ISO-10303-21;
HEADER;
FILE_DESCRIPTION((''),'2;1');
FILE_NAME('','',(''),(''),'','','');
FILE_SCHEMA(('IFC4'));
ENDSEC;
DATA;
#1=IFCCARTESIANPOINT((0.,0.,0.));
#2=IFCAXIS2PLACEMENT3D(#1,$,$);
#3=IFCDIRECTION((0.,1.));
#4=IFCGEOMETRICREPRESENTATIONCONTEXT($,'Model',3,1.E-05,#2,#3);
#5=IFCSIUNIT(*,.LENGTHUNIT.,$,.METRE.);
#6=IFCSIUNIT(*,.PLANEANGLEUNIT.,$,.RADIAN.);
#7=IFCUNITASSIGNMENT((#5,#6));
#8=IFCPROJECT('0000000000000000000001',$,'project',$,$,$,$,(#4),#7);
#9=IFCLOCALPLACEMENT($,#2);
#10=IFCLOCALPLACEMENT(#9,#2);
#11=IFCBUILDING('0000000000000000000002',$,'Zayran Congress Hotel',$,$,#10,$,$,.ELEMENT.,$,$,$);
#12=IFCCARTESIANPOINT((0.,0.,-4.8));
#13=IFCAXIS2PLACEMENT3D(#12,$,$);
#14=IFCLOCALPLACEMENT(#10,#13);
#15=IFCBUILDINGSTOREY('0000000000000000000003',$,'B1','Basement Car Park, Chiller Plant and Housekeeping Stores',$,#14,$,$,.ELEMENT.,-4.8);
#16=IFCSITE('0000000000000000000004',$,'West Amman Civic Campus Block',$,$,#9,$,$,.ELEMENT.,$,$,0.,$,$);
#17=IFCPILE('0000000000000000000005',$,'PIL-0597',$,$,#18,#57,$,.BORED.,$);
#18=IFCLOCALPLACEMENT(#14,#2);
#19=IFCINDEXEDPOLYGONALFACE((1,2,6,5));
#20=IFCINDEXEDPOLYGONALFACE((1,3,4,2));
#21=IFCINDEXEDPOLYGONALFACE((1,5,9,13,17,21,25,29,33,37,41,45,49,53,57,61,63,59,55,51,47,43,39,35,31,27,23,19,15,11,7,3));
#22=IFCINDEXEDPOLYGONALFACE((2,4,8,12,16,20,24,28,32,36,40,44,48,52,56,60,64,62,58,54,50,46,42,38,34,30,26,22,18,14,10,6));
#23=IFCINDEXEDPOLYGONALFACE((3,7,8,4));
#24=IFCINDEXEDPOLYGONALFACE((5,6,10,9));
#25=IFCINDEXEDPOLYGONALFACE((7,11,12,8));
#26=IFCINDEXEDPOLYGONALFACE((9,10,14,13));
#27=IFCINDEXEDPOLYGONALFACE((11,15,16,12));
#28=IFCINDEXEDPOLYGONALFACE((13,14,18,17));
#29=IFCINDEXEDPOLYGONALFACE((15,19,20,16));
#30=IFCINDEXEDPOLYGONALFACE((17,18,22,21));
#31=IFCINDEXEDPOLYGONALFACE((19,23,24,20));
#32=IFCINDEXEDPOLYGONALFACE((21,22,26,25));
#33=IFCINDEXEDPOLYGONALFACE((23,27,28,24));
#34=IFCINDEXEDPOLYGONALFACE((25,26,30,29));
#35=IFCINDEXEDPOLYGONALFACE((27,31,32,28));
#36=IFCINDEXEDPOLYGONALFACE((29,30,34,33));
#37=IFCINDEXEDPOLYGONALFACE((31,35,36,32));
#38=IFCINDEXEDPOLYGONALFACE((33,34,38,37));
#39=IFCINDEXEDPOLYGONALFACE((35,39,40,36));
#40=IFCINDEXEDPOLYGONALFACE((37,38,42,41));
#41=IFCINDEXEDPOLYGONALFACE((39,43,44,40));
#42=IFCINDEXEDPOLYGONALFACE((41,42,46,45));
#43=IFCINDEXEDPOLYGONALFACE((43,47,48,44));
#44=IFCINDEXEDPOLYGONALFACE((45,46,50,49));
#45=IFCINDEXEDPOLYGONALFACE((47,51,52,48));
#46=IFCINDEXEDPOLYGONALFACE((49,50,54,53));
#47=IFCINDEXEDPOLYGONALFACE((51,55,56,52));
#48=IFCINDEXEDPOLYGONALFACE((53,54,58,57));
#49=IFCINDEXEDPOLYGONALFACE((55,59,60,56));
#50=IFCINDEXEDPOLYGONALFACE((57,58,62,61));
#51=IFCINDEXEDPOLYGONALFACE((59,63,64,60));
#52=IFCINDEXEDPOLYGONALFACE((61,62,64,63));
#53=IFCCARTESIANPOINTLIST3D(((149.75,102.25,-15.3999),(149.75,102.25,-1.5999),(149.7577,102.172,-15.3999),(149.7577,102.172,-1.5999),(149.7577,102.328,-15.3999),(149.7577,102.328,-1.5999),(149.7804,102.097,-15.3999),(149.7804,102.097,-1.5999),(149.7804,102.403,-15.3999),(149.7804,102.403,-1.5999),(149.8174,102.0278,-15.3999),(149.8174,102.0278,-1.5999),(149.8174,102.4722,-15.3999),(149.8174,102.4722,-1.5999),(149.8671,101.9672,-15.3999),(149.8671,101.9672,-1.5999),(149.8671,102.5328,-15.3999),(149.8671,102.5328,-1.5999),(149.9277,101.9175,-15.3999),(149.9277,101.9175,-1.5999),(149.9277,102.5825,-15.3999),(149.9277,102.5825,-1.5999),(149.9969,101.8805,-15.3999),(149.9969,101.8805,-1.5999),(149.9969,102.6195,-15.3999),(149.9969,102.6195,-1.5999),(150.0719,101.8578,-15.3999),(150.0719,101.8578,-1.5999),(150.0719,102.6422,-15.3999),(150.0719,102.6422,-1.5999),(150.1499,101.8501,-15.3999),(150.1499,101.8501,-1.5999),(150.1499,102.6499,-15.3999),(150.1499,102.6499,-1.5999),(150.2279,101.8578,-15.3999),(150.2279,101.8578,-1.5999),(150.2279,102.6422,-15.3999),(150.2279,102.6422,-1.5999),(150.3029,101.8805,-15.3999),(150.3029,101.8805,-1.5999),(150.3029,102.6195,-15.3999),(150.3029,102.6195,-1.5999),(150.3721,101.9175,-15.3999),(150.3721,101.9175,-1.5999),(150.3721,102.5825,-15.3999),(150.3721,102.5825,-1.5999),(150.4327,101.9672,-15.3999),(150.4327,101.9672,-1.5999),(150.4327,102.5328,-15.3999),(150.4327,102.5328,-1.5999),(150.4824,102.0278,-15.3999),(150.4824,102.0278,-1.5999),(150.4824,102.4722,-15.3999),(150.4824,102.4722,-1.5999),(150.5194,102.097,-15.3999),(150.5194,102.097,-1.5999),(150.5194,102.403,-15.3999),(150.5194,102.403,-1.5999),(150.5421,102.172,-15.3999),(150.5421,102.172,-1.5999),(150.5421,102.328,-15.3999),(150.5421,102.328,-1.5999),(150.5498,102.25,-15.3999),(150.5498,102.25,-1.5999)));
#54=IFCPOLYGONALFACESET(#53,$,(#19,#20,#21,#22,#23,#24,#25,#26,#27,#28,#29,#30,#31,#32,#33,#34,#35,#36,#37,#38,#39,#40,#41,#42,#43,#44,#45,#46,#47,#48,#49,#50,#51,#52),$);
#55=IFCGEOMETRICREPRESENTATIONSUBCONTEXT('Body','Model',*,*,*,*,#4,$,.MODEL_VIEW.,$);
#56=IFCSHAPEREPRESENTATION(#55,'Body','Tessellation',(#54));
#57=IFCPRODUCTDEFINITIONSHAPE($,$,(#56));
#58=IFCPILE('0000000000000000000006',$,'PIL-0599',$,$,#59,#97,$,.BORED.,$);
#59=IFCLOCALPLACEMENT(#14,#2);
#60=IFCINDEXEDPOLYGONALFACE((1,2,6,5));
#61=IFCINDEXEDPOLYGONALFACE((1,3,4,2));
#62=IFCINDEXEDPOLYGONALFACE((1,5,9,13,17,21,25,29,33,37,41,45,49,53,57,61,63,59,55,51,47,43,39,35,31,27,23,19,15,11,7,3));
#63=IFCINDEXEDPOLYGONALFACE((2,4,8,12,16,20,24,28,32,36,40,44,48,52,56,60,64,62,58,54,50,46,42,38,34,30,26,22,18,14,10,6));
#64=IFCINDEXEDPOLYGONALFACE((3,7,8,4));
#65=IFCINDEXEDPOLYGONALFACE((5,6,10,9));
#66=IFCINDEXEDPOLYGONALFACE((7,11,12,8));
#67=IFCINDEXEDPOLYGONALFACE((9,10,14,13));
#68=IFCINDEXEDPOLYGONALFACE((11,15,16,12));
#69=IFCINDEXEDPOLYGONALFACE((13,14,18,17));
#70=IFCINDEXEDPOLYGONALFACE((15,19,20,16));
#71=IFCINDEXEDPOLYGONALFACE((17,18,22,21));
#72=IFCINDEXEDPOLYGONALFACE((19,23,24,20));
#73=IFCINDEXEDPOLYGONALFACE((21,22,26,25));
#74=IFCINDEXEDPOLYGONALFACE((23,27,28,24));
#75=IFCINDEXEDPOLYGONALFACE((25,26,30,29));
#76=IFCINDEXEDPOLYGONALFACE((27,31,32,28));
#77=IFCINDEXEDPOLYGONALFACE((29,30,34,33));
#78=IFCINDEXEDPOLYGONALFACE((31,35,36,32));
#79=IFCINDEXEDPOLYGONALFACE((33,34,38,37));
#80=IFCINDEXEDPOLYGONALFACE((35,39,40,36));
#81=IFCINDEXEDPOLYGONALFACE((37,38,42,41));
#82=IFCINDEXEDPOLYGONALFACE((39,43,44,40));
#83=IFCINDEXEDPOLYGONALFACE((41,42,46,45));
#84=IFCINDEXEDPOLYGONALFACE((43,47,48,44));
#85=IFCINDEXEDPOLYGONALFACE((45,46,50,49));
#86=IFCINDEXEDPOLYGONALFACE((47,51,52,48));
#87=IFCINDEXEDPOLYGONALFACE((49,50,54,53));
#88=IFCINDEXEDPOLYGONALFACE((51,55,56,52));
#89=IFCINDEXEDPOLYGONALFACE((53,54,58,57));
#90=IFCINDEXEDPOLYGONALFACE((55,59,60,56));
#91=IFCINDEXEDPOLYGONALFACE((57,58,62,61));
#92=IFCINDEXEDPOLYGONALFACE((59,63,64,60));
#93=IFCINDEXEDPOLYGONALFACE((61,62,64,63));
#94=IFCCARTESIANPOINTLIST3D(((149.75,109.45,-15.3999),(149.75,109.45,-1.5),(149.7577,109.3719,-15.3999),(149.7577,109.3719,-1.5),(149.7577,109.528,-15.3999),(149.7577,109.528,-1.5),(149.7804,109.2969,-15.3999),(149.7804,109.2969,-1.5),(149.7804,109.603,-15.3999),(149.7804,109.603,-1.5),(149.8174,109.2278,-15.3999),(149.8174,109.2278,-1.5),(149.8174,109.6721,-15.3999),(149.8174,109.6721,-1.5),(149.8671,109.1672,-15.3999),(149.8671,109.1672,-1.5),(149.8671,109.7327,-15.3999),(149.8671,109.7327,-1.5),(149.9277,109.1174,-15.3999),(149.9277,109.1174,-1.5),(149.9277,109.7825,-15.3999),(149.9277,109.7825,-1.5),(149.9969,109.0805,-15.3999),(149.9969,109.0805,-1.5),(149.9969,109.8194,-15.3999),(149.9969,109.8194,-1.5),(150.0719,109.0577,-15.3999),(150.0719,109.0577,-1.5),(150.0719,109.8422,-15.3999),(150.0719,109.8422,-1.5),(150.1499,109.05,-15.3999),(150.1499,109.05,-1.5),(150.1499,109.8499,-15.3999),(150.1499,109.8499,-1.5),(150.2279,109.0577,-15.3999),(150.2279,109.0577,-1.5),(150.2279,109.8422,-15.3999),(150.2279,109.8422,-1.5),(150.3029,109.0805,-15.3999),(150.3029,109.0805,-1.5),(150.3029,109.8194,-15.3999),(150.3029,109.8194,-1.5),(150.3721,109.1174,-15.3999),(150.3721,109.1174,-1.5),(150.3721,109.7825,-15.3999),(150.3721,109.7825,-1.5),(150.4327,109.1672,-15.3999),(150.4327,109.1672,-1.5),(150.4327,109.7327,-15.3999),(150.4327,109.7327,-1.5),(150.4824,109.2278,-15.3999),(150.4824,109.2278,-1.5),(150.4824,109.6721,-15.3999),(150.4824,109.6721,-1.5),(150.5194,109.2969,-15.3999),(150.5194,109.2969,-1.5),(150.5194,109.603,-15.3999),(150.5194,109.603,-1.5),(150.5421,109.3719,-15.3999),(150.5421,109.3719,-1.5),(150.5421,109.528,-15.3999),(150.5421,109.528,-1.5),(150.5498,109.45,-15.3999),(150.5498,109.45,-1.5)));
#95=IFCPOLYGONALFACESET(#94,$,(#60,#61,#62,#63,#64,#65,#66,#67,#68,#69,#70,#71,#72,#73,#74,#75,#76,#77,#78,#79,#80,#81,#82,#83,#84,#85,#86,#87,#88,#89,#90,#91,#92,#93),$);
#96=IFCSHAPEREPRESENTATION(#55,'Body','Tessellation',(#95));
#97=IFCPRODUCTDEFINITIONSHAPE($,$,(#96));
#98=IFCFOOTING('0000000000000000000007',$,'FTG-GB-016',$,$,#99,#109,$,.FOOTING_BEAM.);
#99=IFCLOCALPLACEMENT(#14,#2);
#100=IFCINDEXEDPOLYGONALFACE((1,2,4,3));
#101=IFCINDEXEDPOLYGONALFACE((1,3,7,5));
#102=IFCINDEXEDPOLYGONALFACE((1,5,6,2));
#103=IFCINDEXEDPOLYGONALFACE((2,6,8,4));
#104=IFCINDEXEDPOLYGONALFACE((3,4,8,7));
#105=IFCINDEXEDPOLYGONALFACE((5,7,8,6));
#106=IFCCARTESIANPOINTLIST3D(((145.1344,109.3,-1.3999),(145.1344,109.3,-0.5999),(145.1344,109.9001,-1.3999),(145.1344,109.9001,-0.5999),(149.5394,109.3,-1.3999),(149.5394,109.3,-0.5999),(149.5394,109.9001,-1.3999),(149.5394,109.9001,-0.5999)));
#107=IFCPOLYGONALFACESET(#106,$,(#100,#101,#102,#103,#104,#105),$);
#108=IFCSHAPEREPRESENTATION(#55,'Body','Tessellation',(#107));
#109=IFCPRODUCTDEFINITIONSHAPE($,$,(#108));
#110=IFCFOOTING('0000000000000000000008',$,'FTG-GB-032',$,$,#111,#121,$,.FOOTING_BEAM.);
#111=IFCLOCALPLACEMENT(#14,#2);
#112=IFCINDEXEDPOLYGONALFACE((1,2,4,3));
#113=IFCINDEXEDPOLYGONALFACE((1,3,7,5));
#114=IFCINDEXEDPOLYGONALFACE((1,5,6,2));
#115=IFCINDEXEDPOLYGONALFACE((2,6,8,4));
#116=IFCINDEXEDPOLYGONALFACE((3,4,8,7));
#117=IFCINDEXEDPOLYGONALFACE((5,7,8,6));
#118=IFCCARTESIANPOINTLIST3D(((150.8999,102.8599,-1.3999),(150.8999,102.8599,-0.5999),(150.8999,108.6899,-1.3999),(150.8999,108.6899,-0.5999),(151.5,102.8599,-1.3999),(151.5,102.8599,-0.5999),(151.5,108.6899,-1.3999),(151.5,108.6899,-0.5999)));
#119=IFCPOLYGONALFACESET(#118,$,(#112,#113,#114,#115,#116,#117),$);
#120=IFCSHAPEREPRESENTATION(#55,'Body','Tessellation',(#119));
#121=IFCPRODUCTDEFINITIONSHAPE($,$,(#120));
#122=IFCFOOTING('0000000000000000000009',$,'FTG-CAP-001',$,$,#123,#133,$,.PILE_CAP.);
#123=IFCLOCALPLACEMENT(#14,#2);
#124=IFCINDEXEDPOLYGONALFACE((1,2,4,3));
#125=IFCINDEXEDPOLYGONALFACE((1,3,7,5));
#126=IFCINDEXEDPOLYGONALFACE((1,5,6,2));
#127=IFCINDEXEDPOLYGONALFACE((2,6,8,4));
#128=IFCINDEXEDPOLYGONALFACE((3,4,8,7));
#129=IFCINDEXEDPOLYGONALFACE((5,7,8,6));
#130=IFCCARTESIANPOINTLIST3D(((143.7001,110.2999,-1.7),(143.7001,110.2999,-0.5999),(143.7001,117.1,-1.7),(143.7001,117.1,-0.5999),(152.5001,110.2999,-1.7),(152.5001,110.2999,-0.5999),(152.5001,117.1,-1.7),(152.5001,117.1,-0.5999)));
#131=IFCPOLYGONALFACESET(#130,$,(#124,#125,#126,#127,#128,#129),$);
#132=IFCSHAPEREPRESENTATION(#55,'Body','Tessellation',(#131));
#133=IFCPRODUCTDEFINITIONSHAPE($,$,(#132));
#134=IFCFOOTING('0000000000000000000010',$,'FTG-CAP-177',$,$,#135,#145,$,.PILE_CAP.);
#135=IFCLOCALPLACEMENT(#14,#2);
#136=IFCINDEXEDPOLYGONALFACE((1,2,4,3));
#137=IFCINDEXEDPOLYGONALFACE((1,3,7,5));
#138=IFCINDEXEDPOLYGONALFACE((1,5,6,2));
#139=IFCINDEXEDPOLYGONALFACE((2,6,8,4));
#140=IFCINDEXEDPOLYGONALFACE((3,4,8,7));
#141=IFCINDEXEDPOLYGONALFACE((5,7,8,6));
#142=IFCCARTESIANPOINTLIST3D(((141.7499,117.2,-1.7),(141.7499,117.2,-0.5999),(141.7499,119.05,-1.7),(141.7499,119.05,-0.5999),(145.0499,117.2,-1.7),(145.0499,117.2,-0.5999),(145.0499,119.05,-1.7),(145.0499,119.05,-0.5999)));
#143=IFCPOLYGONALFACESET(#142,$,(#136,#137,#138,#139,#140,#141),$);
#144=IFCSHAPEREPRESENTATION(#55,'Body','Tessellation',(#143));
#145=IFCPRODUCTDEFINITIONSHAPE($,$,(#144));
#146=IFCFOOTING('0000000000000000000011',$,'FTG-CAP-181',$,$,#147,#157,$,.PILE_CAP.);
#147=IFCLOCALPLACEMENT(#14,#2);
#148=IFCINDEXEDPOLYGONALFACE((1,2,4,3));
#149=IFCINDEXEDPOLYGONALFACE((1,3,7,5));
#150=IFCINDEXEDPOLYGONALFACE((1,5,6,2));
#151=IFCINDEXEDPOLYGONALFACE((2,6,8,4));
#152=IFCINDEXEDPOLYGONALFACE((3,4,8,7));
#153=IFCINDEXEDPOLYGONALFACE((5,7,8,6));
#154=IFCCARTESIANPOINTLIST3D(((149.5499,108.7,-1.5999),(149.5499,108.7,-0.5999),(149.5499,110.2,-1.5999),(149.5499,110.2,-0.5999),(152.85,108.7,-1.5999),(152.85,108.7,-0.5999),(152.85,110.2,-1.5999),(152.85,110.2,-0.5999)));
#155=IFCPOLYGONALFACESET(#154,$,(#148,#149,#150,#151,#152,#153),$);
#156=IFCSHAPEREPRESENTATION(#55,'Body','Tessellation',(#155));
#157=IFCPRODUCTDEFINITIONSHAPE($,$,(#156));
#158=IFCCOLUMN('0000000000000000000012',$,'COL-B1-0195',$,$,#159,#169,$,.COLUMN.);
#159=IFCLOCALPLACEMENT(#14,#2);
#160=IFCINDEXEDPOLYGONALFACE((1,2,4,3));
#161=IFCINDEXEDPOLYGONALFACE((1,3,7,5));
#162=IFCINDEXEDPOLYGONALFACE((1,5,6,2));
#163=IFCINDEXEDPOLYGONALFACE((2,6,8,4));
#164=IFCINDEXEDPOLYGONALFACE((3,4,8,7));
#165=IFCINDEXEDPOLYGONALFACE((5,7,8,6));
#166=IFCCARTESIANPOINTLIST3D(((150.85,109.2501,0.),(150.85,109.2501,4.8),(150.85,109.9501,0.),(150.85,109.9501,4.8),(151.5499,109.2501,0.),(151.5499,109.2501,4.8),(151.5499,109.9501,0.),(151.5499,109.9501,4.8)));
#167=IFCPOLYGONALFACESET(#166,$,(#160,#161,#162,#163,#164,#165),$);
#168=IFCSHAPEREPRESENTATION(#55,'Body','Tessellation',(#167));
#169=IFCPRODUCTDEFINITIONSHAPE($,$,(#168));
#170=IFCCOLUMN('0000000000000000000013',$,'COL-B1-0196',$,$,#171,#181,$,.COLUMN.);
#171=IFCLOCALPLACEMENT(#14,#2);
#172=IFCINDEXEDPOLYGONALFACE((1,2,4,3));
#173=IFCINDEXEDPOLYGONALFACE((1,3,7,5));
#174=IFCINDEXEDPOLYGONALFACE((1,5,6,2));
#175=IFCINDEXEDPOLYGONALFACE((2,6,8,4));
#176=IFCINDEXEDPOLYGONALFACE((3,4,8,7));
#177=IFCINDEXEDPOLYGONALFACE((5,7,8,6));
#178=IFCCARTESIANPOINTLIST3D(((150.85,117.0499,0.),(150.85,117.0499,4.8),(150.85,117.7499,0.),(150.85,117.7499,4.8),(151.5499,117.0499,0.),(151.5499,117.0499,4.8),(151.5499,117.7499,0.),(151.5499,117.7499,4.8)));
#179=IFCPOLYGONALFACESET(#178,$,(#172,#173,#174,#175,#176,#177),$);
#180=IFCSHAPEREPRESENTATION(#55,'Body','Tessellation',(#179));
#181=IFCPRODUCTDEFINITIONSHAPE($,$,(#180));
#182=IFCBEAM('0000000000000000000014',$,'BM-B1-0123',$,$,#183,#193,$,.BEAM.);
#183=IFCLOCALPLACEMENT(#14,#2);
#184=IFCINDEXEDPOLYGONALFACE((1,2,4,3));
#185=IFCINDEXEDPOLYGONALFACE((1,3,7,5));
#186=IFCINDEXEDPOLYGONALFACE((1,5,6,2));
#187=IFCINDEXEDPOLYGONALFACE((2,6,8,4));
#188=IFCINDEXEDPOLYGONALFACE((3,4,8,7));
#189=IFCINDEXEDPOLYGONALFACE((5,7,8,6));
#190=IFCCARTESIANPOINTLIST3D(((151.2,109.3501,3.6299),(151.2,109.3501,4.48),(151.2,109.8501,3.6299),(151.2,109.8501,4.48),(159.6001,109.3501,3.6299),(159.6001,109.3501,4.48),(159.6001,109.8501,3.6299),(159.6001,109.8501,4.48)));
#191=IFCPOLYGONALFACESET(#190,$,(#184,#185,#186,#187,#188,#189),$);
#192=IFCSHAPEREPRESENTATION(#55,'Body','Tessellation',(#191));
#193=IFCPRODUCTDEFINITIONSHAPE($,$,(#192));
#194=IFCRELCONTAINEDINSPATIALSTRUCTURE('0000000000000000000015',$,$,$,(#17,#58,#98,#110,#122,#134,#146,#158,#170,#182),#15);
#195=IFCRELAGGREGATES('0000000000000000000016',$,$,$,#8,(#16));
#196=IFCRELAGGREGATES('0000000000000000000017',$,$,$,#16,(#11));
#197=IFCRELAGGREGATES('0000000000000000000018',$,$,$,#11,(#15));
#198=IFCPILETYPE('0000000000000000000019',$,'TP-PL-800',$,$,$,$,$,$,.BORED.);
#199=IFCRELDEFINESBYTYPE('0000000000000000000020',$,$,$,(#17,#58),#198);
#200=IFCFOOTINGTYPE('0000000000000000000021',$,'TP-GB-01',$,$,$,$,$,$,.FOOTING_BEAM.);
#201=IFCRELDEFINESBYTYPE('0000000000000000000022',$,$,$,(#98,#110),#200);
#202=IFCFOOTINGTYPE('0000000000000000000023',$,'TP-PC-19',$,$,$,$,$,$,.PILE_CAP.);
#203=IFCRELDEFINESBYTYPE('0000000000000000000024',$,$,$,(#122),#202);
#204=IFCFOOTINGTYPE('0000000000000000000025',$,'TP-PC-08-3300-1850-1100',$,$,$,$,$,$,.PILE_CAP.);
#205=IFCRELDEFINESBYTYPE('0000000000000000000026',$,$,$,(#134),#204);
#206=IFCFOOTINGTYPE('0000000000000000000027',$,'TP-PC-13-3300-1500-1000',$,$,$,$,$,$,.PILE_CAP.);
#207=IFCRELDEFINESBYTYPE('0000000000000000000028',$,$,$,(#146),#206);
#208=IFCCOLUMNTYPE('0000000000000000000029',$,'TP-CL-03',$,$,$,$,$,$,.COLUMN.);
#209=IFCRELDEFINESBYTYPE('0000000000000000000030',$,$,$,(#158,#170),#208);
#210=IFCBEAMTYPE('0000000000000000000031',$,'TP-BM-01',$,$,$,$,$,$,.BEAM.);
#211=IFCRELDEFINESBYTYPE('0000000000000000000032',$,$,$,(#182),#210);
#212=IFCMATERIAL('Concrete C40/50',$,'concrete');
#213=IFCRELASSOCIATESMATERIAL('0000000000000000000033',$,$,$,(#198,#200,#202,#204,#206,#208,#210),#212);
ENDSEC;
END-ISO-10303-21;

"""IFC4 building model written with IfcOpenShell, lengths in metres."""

from ifc_helpers import new_model, si_unit, direction, frame, origin, origin_2d, place, context, subcontext, project, spatial, rectangle, circle, extrude, material, material_profile, profile_set, type_object, element, save


model = new_model("IFC4")

# Units and contexts
model_context = context("Model", 3, precision=1e-05, world=origin(), true_north=direction((0.0, 1.0)))
body_context = subcontext(model_context, "Body", "Model", "MODEL_VIEW")
ifc_project = project(units=[si_unit("LENGTHUNIT", "METRE"), si_unit("PLANEANGLEUNIT", "RADIAN")], contexts=[model_context])

# Site, building, storey
site_placement = place(None, origin())
site = spatial("IfcSite", under=ifc_project, at=site_placement, Name="West Amman Civic Campus Block", CompositionType="ELEMENT", RefElevation=0.0)
building_placement = place(site_placement, origin())
building = spatial("IfcBuilding", under=site, at=building_placement, Name="Zayran Congress Hotel", CompositionType="ELEMENT")
storey_placement = place(building_placement, frame((0.0, 0.0, -4.8)))
storey = spatial("IfcBuildingStorey", under=building, at=storey_placement, Name="B1", Description="Basement Car Park, Chiller Plant and Housekeeping Stores", CompositionType="ELEMENT", Elevation=-4.8)

# Piles
ifc_material_1 = material(Name="Concrete C40/50", Category="concrete")
ifc_material_profile_1 = material_profile(ifc_material_1, circle(Radius=0.3999, at=origin_2d()), Name="PILE D800")
ifc_profile_set_1 = profile_set([ifc_material_profile_1], Name="Concrete C40/50")
pile_type_1 = type_object("IfcPileType", Name="TP-PL-800", PredefinedType="BORED", material=ifc_profile_set_1)
for number, where, z_axis, x_axis, name in (
    (1, (150.1499, 102.25, -1.5999), (0.0, 0.0, -1.0), (1.0, 0.0, 0.0), "PIL-0597"),
):
    element("IfcPile", number, at=place(storey_placement, frame(where, z_axis=z_axis, x_axis=x_axis)), inside=storey, type_object=pile_type_1, Name=name, PredefinedType="BORED", context=body_context, shape_type="SweptSolid", body=[
        extrude(circle(Radius=0.3999, at=origin_2d()), origin(), (0.0, 0.0, 1.0), 13.8),
    ])
pile_1_placement = place(storey_placement, frame((150.1499, 109.45, -1.5), z_axis=(0.0, 0.0, -1.0), x_axis=(1.0, 0.0, 0.0)))
element("IfcPile", 2, at=pile_1_placement, inside=storey, type_object=pile_type_1, Name="PIL-0599", PredefinedType="BORED", context=body_context, shape_type="SweptSolid", body=[
    extrude(circle(Radius=0.3999, at=origin_2d()), origin(), (0.0, 0.0, 1.0), 13.8999),
])

# Footings
footing_type_1 = type_object("IfcFootingType", Name="TP-GB-01", PredefinedType="FOOTING_BEAM", material=ifc_material_1)
footing_1_placement = place(storey_placement, frame((147.3369, 109.6001, -1.3999), z_axis=(0.0, 0.0, 1.0), x_axis=(1.0, 0.0, 0.0)))
element("IfcFooting", 3, at=footing_1_placement, inside=storey, type_object=footing_type_1, Name="FTG-GB-016", PredefinedType="FOOTING_BEAM", context=body_context, shape_type="SweptSolid", body=[
    extrude(rectangle(XDim=4.405, YDim=0.6001, at=origin_2d()), origin(), (0.0, 0.0, 1.0), 0.8),
])
footing_2_placement = place(storey_placement, frame((151.2, 105.7749, -1.3999), z_axis=(0.0, 0.0, 1.0), x_axis=(0.0, 1.0, 0.0)))
element("IfcFooting", 4, at=footing_2_placement, inside=storey, type_object=footing_type_1, Name="FTG-GB-032", PredefinedType="FOOTING_BEAM", context=body_context, shape_type="SweptSolid", body=[
    extrude(rectangle(XDim=5.8301, YDim=0.6001, at=origin_2d()), origin(), (0.0, 0.0, 1.0), 0.8),
])
footing_type_2 = type_object("IfcFootingType", Name="TP-PC-19", PredefinedType="PILE_CAP", material=ifc_material_1)
footing_3_placement = place(storey_placement, frame((148.1001, 113.7, -1.7), z_axis=(0.0, 0.0, 1.0), x_axis=(1.0, 0.0, 0.0)))
element("IfcFooting", 5, at=footing_3_placement, inside=storey, type_object=footing_type_2, Name="FTG-CAP-001", PredefinedType="PILE_CAP", context=body_context, shape_type="SweptSolid", body=[
    extrude(rectangle(XDim=8.8, YDim=6.8, at=origin_2d()), origin(), (0.0, 0.0, 1.0), 1.1001),
])
footing_type_3 = type_object("IfcFootingType", Name="TP-PC-08-3300-1850-1100", PredefinedType="PILE_CAP", material=ifc_material_1)
footing_4_placement = place(storey_placement, frame((143.3999, 118.125, -1.7), z_axis=(0.0, 0.0, 1.0), x_axis=(1.0, 0.0, 0.0)))
element("IfcFooting", 6, at=footing_4_placement, inside=storey, type_object=footing_type_3, Name="FTG-CAP-177", PredefinedType="PILE_CAP", context=body_context, shape_type="SweptSolid", body=[
    extrude(rectangle(XDim=3.3, YDim=1.8501, at=origin_2d()), origin(), (0.0, 0.0, 1.0), 1.1001),
])
footing_type_4 = type_object("IfcFootingType", Name="TP-PC-13-3300-1500-1000", PredefinedType="PILE_CAP", material=ifc_material_1)
footing_5_placement = place(storey_placement, frame((151.2, 109.45, -1.5999), z_axis=(0.0, 0.0, 1.0), x_axis=(1.0, 0.0, 0.0)))
element("IfcFooting", 7, at=footing_5_placement, inside=storey, type_object=footing_type_4, Name="FTG-CAP-181", PredefinedType="PILE_CAP", context=body_context, shape_type="SweptSolid", body=[
    extrude(rectangle(XDim=3.3, YDim=1.5, at=origin_2d()), origin(), (0.0, 0.0, 1.0), 1.0),
])

# Columns
ifc_material_profile_2 = material_profile(ifc_material_1, rectangle(XDim=0.7, YDim=0.7, at=origin_2d()), Name="RC 700x700")
ifc_profile_set_2 = profile_set([ifc_material_profile_2], Name="Concrete C40/50")
column_type = type_object("IfcColumnType", Name="TP-CL-03", PredefinedType="COLUMN", material=ifc_profile_set_2)
for number, where, z_axis, x_axis, name in (
    (8, (151.2, 109.6001, 0.0), (0.0, 0.0, 1.0), (1.0, 0.0, 0.0), "COL-B1-0195"),
    (9, (151.2, 117.3999, 0.0), (0.0, 0.0, 1.0), (1.0, 0.0, 0.0), "COL-B1-0196"),
):
    element("IfcColumn", number, at=place(storey_placement, frame(where, z_axis=z_axis, x_axis=x_axis)), inside=storey, type_object=column_type, Name=name, PredefinedType="COLUMN", context=body_context, shape_type="SweptSolid", body=[
        extrude(rectangle(XDim=0.7, YDim=0.7, at=origin_2d()), origin(), (0.0, 0.0, 1.0), 4.8),
    ])

# Beam
ifc_material_profile_3 = material_profile(ifc_material_1, rectangle(XDim=0.5, YDim=0.8501, at=origin_2d()), Name="RC 500x850")
ifc_profile_set_3 = profile_set([ifc_material_profile_3], Name="Concrete C40/50")
beam_type = type_object("IfcBeamType", Name="TP-BM-01", PredefinedType="BEAM", material=ifc_profile_set_3)
beam_1_placement = place(storey_placement, frame((151.2, 109.6001, 4.0549), z_axis=(1.0, 0.0, 0.0), x_axis=(0.0, 1.0, 0.0)))
element("IfcBeam", 10, at=beam_1_placement, inside=storey, type_object=beam_type, Name="BM-B1-0123", PredefinedType="BEAM", context=body_context, shape_type="SweptSolid", body=[
    extrude(rectangle(XDim=0.5, YDim=0.8501, at=origin_2d()), origin(), (0.0, 0.0, 1.0), 8.4001),
])

save(model, "model.ifc")
